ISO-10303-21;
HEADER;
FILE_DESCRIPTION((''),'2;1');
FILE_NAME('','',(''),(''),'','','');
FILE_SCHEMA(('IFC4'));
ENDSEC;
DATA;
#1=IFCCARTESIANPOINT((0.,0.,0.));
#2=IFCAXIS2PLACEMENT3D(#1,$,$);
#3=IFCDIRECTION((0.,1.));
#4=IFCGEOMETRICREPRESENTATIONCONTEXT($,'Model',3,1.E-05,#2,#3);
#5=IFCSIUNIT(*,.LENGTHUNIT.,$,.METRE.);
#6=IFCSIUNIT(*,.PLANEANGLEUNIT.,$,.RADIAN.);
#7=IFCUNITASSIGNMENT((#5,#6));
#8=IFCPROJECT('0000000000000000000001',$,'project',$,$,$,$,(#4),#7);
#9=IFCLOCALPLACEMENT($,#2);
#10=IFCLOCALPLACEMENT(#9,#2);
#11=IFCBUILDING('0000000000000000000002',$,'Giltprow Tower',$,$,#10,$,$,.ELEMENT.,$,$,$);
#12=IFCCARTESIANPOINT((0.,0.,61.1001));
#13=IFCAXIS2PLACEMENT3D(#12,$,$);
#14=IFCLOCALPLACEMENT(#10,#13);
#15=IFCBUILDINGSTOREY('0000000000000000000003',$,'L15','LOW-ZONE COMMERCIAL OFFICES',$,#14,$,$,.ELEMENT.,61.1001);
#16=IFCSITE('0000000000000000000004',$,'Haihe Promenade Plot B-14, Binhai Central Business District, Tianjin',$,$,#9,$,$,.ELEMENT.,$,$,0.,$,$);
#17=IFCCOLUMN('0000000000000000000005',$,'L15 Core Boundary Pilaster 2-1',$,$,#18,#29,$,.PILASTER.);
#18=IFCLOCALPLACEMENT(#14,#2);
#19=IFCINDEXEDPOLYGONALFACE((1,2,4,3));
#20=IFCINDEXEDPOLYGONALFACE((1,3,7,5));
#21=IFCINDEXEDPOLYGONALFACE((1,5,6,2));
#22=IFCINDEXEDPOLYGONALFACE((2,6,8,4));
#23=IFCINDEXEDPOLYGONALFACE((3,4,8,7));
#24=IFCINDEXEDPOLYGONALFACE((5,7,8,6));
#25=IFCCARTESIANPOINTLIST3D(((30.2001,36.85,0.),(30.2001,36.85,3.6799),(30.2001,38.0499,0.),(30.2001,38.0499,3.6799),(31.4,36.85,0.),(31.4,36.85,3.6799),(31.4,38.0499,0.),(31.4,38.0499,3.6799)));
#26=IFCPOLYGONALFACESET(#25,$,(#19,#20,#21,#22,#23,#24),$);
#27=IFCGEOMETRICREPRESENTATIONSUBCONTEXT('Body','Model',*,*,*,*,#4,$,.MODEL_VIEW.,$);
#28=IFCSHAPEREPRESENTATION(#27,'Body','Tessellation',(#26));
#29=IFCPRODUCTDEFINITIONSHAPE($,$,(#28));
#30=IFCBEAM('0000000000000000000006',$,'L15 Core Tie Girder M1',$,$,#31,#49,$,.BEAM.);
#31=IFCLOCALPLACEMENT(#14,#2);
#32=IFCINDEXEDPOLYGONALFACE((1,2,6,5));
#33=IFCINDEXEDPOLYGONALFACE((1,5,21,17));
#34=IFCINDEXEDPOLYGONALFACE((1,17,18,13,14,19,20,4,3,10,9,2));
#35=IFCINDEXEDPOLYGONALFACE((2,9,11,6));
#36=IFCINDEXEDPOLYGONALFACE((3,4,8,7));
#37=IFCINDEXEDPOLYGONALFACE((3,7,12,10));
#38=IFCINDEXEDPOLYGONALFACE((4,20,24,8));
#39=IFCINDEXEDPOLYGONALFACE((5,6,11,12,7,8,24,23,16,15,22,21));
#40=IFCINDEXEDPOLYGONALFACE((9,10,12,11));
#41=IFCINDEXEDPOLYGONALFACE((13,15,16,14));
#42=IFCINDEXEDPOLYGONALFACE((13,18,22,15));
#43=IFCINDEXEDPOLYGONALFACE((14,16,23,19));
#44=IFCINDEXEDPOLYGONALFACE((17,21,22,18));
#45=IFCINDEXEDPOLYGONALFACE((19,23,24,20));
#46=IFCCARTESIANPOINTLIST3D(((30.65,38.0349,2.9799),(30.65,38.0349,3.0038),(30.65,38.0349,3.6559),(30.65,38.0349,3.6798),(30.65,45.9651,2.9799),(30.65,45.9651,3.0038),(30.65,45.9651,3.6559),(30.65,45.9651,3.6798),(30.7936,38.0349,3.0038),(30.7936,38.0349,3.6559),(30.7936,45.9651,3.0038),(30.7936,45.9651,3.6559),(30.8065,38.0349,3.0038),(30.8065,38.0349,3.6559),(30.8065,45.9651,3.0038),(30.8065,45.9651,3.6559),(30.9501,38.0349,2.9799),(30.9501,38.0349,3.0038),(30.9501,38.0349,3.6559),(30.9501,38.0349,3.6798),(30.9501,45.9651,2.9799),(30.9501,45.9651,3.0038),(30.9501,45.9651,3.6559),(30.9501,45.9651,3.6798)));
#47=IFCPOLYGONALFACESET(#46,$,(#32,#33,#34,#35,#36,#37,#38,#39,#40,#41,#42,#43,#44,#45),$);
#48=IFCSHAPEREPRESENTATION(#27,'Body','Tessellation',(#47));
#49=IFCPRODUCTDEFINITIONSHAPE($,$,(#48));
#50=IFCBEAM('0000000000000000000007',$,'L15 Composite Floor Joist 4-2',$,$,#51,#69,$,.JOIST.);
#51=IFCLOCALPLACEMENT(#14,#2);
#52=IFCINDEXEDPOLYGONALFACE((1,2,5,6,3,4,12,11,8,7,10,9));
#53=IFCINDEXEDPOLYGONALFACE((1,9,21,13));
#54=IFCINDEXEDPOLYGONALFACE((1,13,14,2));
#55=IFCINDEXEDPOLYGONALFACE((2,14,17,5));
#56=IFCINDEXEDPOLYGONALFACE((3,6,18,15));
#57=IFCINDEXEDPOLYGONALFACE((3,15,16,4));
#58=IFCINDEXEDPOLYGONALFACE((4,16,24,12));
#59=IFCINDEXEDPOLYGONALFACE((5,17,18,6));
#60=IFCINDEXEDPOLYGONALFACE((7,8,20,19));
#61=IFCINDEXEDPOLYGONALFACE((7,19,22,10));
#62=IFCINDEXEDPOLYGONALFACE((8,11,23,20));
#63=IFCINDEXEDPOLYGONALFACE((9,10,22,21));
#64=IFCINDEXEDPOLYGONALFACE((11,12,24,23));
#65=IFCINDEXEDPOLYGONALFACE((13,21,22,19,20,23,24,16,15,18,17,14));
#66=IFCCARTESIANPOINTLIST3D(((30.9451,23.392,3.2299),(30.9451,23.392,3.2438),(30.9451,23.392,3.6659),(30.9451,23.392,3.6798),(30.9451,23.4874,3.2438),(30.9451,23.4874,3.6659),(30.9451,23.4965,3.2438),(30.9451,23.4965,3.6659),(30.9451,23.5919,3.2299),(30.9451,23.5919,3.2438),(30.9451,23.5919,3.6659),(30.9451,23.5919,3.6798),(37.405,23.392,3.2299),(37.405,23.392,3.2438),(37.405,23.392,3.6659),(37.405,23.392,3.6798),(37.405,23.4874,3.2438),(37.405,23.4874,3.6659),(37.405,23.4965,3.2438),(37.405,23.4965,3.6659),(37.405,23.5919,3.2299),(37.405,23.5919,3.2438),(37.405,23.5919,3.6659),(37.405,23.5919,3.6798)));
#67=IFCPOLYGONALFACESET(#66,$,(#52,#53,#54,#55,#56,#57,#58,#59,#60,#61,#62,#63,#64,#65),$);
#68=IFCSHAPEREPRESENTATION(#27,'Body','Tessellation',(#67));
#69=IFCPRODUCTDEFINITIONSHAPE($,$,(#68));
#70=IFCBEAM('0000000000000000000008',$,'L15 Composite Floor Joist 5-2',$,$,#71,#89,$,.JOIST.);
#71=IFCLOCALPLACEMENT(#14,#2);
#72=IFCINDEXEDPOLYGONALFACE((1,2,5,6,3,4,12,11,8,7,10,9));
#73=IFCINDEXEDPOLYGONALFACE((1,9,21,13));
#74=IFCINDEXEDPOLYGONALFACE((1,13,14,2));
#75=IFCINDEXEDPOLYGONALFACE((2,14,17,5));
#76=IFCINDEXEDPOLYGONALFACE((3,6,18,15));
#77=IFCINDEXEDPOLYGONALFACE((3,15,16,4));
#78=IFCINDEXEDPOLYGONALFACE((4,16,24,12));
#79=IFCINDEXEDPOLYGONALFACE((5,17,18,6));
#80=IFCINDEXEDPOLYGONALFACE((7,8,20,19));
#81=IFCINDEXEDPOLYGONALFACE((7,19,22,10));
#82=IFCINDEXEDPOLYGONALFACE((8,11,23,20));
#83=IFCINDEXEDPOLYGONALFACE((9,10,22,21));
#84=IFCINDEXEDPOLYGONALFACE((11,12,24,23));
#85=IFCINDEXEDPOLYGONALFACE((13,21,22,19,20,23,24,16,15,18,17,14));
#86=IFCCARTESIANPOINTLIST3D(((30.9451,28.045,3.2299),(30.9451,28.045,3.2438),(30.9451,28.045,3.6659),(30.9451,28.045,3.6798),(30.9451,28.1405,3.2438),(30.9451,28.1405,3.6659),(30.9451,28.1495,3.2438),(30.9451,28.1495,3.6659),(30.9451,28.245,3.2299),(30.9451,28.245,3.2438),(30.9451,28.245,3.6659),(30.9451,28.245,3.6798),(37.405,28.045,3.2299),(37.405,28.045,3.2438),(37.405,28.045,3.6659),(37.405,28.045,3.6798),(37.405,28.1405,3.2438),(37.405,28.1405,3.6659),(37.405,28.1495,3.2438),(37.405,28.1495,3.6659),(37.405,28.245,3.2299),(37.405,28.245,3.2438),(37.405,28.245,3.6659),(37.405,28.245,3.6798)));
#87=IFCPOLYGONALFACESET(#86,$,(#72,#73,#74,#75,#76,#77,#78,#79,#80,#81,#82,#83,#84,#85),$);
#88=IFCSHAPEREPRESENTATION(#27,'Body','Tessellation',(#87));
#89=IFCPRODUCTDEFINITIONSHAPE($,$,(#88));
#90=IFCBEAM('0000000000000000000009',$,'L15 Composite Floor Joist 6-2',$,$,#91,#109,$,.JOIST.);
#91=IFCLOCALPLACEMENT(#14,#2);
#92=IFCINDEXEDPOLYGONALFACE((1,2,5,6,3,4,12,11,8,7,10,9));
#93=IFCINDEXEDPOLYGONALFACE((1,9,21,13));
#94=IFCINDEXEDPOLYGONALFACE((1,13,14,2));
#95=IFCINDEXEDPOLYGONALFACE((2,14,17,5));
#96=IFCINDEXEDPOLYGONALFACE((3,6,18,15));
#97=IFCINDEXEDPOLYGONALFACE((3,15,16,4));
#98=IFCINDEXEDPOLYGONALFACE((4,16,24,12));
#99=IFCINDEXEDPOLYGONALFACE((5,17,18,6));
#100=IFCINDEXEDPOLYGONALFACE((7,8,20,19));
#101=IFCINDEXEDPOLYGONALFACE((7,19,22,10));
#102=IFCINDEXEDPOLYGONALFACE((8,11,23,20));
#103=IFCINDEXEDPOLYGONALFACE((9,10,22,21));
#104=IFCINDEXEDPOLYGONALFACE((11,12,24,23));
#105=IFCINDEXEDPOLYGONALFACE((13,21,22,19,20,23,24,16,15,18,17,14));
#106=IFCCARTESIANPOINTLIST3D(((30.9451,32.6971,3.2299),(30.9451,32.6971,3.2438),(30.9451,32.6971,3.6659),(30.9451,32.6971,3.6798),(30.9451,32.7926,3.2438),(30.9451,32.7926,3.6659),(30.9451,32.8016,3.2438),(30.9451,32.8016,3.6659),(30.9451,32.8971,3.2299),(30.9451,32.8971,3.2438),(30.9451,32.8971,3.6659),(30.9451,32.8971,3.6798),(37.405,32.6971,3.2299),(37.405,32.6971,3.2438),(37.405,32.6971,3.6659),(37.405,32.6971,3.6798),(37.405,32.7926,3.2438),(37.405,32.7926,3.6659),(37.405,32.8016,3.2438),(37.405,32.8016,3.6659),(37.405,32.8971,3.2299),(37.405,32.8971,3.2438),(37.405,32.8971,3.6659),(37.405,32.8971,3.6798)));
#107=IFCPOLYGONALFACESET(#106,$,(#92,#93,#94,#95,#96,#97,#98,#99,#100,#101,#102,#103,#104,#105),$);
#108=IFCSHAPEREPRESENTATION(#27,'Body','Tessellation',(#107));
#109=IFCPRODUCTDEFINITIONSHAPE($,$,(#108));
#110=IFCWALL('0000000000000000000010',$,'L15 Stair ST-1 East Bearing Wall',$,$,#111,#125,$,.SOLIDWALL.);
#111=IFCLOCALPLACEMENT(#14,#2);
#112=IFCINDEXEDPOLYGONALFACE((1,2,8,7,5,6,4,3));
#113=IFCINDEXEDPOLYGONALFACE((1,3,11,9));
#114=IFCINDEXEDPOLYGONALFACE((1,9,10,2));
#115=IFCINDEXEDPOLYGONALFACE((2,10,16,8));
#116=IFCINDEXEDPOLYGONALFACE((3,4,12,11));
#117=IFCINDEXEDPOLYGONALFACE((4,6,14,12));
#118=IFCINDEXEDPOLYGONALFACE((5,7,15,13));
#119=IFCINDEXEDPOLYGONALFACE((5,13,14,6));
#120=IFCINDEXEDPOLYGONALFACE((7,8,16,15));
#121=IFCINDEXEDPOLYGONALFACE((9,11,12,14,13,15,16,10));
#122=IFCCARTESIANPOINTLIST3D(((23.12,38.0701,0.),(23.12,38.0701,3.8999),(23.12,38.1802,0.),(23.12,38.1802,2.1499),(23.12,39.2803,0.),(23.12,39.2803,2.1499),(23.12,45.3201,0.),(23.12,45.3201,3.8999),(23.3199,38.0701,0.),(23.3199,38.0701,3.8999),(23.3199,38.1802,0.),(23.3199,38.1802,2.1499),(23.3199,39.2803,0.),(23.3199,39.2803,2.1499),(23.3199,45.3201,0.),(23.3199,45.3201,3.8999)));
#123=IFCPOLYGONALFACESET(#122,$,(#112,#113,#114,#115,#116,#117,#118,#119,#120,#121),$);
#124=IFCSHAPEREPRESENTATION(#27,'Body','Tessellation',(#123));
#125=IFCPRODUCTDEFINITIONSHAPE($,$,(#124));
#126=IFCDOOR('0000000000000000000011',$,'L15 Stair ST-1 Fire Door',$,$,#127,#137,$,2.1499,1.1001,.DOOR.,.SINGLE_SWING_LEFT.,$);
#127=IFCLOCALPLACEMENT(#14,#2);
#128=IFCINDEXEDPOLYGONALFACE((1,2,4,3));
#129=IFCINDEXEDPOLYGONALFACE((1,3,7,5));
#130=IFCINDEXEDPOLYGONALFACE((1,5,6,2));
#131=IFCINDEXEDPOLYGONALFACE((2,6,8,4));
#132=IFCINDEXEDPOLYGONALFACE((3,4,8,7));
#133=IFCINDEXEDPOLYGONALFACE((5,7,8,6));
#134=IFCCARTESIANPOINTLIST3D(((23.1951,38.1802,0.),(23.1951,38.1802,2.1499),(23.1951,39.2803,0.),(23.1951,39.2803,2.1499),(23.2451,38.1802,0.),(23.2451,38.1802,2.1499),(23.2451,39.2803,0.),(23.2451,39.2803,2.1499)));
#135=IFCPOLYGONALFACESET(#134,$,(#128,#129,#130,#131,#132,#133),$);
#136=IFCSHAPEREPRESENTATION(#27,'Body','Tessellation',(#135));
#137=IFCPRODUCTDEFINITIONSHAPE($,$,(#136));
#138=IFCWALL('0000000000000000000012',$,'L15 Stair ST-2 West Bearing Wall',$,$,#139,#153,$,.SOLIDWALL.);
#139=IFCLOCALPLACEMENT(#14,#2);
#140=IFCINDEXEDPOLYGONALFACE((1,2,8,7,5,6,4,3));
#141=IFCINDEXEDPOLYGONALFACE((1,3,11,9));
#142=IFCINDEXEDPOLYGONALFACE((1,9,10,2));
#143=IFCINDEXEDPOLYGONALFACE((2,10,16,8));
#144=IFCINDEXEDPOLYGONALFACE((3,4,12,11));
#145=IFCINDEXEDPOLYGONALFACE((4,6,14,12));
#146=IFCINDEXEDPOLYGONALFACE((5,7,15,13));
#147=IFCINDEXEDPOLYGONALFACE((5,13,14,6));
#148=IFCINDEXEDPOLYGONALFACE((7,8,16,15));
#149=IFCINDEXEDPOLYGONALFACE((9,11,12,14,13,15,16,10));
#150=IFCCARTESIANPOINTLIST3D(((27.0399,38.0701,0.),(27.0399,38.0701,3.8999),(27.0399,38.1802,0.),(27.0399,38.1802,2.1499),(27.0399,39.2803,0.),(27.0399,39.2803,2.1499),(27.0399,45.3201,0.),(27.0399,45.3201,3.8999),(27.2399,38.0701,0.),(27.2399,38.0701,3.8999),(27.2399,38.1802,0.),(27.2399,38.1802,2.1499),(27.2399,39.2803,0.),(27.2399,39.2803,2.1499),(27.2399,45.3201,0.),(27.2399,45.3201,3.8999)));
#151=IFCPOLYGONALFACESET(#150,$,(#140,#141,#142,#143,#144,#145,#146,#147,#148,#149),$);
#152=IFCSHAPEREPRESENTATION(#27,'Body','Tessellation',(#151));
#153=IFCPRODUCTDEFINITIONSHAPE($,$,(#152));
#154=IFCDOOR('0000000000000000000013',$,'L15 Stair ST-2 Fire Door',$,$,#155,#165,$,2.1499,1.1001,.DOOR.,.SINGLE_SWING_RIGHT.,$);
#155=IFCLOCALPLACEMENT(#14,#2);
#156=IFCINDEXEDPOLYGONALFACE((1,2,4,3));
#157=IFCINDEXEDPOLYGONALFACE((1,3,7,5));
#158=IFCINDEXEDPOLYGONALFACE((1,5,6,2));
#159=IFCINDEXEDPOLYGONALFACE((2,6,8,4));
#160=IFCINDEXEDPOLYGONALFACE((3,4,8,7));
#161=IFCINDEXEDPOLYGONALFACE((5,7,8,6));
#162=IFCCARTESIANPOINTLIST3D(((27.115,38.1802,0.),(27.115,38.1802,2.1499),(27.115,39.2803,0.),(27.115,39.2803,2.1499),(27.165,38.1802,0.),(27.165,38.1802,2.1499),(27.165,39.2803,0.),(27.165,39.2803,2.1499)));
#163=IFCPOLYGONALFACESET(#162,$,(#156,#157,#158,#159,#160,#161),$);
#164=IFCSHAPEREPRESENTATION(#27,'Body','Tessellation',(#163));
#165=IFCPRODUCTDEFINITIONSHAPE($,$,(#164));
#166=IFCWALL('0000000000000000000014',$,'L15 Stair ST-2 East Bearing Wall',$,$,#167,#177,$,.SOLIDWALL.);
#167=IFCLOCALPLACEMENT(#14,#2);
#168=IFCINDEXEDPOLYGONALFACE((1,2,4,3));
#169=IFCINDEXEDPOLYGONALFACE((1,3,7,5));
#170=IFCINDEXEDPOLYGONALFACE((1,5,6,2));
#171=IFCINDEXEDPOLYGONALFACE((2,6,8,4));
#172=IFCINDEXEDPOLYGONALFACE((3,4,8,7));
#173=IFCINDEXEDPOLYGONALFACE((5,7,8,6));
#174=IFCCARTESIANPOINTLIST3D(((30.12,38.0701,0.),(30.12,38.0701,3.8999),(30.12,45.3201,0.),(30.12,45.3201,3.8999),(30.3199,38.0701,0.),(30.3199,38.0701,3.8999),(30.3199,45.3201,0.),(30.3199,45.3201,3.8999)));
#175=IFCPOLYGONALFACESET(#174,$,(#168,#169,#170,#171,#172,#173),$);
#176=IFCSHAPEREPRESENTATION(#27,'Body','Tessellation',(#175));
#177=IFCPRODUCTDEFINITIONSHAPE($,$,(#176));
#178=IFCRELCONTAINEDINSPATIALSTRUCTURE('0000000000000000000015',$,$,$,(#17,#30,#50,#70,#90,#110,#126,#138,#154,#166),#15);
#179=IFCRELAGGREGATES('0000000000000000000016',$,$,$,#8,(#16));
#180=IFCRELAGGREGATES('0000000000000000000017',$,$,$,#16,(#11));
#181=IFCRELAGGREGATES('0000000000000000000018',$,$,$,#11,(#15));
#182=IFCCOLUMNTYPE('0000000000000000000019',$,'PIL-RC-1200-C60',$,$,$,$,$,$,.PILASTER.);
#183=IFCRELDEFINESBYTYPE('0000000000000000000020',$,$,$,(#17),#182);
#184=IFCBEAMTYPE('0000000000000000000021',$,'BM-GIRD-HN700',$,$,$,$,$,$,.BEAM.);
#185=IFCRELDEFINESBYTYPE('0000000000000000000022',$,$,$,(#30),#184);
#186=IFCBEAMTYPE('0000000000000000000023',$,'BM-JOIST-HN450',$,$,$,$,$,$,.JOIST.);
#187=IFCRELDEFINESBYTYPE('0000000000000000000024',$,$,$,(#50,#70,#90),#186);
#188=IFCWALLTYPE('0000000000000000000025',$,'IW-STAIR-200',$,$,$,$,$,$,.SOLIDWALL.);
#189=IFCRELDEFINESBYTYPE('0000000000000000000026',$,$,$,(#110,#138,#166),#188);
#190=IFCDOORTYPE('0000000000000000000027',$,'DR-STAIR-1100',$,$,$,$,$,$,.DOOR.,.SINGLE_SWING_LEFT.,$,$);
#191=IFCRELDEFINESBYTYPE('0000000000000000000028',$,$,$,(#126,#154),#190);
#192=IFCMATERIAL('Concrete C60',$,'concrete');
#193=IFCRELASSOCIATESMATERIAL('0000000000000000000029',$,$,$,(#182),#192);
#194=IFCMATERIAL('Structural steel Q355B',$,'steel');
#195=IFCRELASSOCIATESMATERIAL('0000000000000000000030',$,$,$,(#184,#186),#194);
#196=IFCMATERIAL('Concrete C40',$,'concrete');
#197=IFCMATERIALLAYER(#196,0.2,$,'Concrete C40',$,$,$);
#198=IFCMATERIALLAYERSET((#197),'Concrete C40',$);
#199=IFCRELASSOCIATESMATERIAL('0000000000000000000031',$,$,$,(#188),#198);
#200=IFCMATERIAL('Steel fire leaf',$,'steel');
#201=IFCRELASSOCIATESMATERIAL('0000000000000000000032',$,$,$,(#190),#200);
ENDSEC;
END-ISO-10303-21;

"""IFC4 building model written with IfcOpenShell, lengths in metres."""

from ifc_helpers import new_model, si_unit, direction, frame, frame_2d, origin, origin_2d, place, context, subcontext, project, spatial, rectangle, i_section, extrude, source, transform, mapped, material, layer, layer_set, material_profile, profile_set, type_object, element, fill, save


model = new_model("IFC4")

# Units and contexts
model_context = context("Model", 3, precision=1e-05, world=origin(), true_north=direction((0.0, 1.0)))
body_context = subcontext(model_context, "Body", "Model", "MODEL_VIEW")
ifc_project = project(units=[si_unit("LENGTHUNIT", "METRE"), si_unit("PLANEANGLEUNIT", "RADIAN")], contexts=[model_context])

# Site, building, storey
site_placement = place(None, origin())
site = spatial("IfcSite", under=ifc_project, at=site_placement, Name="Haihe Promenade Plot B-14, Binhai Central Business District, Tianjin", CompositionType="ELEMENT", RefElevation=0.0)
building_placement = place(site_placement, origin())
building = spatial("IfcBuilding", under=site, at=building_placement, Name="Giltprow Tower", CompositionType="ELEMENT")
storey_placement = place(building_placement, frame((0.0, 0.0, 61.1001)))
storey = spatial("IfcBuildingStorey", under=building, at=storey_placement, Name="L15", Description="LOW-ZONE COMMERCIAL OFFICES", CompositionType="ELEMENT", Elevation=61.1001)

# Column
ifc_material_1 = material(Name="Concrete C60", Category="concrete")
ifc_material_profile_1 = material_profile(ifc_material_1, rectangle(XDim=1.2, YDim=1.2, at=origin_2d()), Name="RC 1200x1200")
ifc_profile_set_1 = profile_set([ifc_material_profile_1], Name="Concrete C60")
column_type = type_object("IfcColumnType", Name="PIL-RC-1200-C60", PredefinedType="PILASTER", material=ifc_profile_set_1)
shared_shape_1 = source(origin(), body_context, "Body", "SweptSolid", [
    extrude(rectangle(XDim=1.2, YDim=1.2, at=origin_2d()), origin(), (0.0, 0.0, 1.0), 3.6799),
])
column_placement = place(storey_placement, frame((30.8, 37.45, 0.0), z_axis=(0.0, 0.0, 1.0), x_axis=(1.0, 0.0, 0.0)))
element("IfcColumn", 1, at=column_placement, inside=storey, type_object=column_type, Name="L15 Core Boundary Pilaster 2-1", PredefinedType="PILASTER", context=body_context, shape_type="MappedRepresentation", body=[
    mapped(shared_shape_1, transform((0.0, 0.0, 0.0), x_axis=(1.0, 0.0, 0.0), y_axis=(0.0, 1.0, 0.0), z_axis=(0.0, 0.0, 1.0), scale=1.0)),
])

# Beams
ifc_material_2 = material(Name="Structural steel Q355B", Category="steel")
ifc_material_profile_2 = material_profile(ifc_material_2, i_section(OverallWidth=0.3, OverallDepth=0.7, WebThickness=0.0129, FlangeThickness=0.0239, at=origin_2d()), Name="HN 700x300x13x24")
ifc_profile_set_2 = profile_set([ifc_material_profile_2], Name="Structural steel Q355B")
beam_type_1 = type_object("IfcBeamType", Name="BM-GIRD-HN700", PredefinedType="BEAM", material=ifc_profile_set_2)
shared_shape_2 = source(origin(), body_context, "Body", "SweptSolid", [
    extrude(i_section(OverallWidth=0.3, OverallDepth=0.7, WebThickness=0.0129, FlangeThickness=0.0239, at=origin_2d()), origin(), (0.0, 0.0, 1.0), 7.9302),
])
beam_placement = place(storey_placement, frame((30.8, 38.0349, 3.3298), z_axis=(0.0, 1.0, 0.0), x_axis=(-1.0, 0.0, 0.0)))
element("IfcBeam", 2, at=beam_placement, inside=storey, type_object=beam_type_1, Name="L15 Core Tie Girder M1", PredefinedType="BEAM", context=body_context, shape_type="MappedRepresentation", body=[
    mapped(shared_shape_2, transform((0.0, 0.0, 0.0), x_axis=(1.0, 0.0, 0.0), y_axis=(0.0, 1.0, 0.0), z_axis=(0.0, 0.0, 1.0), scale=1.0)),
])
ifc_material_profile_3 = material_profile(ifc_material_2, i_section(OverallWidth=0.2, OverallDepth=0.45, WebThickness=0.009, FlangeThickness=0.0139, at=origin_2d()), Name="HN 450x200x9x14")
ifc_profile_set_3 = profile_set([ifc_material_profile_3], Name="Structural steel Q355B")
beam_type_2 = type_object("IfcBeamType", Name="BM-JOIST-HN450", PredefinedType="JOIST", material=ifc_profile_set_3)
shared_shape_3 = source(origin(), body_context, "Body", "SweptSolid", [
    extrude(i_section(OverallWidth=0.2, OverallDepth=0.45, WebThickness=0.009, FlangeThickness=0.0139, at=origin_2d()), origin(), (0.0, 0.0, 1.0), 6.46),
])
for number, where, z_axis, x_axis, name in (
    (3, (30.9451, 23.4919, 3.4548), (1.0, 0.0, 0.0), (0.0, 1.0, 0.0), "L15 Composite Floor Joist 4-2"),
    (4, (30.9451, 28.145, 3.4548), (1.0, 0.0, 0.0), (0.0, 1.0, 0.0), "L15 Composite Floor Joist 5-2"),
    (5, (30.9451, 32.7971, 3.4548), (1.0, 0.0, 0.0), (0.0, 1.0, 0.0), "L15 Composite Floor Joist 6-2"),
):
    element("IfcBeam", number, at=place(storey_placement, frame(where, z_axis=z_axis, x_axis=x_axis)), inside=storey, type_object=beam_type_2, Name=name, PredefinedType="JOIST", context=body_context, shape_type="MappedRepresentation", body=[
        mapped(shared_shape_3, transform((0.0, 0.0, 0.0), x_axis=(1.0, 0.0, 0.0), y_axis=(0.0, 1.0, 0.0), z_axis=(0.0, 0.0, 1.0), scale=1.0)),
    ])

# Walls, openings, doors
ifc_material_3 = material(Name="Concrete C40", Category="concrete")
ifc_layer = layer(ifc_material_3, 0.2, Name="Concrete C40")
ifc_layer_set = layer_set([ifc_layer], Name="Concrete C40")
wall_type = type_object("IfcWallType", Name="IW-STAIR-200", PredefinedType="SOLIDWALL", material=ifc_layer_set)
wall_1_placement = place(storey_placement, frame((23.22, 38.0701, 0.0), z_axis=(0.0, 0.0, 1.0), x_axis=(0.0, 1.0, 0.0)))
wall_1 = element("IfcWall", 6, at=wall_1_placement, inside=storey, type_object=wall_type, Name="L15 Stair ST-1 East Bearing Wall", PredefinedType="SOLIDWALL", context=body_context, shape_type="SweptSolid", body=[
    extrude(rectangle(XDim=7.25, YDim=0.2, at=frame_2d((3.625, 0.0))), origin(), (0.0, 0.0, 1.0), 3.8999),
])
opening_1_placement = place(wall_1_placement, frame((0.1101, 0.0, 0.0)))
opening_1 = element("IfcOpeningElement", 7, at=opening_1_placement, cuts=wall_1, PredefinedType="OPENING", context=body_context, shape_type="SweptSolid", body=[
    extrude(rectangle(XDim=1.1001, YDim=2.1499, at=frame_2d((0.55, 1.075))), frame((0.0, 0.1099, 0.0), z_axis=(0.0, -1.0, 0.0), x_axis=(1.0, 0.0, 0.0)), (0.0, 0.0, 1.0), 0.22),
])
ifc_material_4 = material(Name="Steel fire leaf", Category="steel")
door_type = type_object("IfcDoorType", Name="DR-STAIR-1100", OperationType="SINGLE_SWING_LEFT", PredefinedType="DOOR", material=ifc_material_4)
shared_shape_4 = source(origin(), body_context, "Body", "SweptSolid", [
    extrude(rectangle(XDim=1.1001, YDim=2.1499, at=frame_2d((0.55, 1.075))), frame((0.0, 0.0249, 0.0), z_axis=(0.0, -1.0, 0.0), x_axis=(1.0, 0.0, 0.0)), (0.0, 0.0, 1.0), 0.05),
])
door_1_placement = place(opening_1_placement, origin())
door_1 = element("IfcDoor", 8, at=door_1_placement, inside=storey, type_object=door_type, Name="L15 Stair ST-1 Fire Door", OperationType="SINGLE_SWING_LEFT", OverallHeight=2.1499, OverallWidth=1.1001, PredefinedType="DOOR", context=body_context, shape_type="MappedRepresentation", body=[
    mapped(shared_shape_4, transform((0.0, 0.0, 0.0), x_axis=(1.0, 0.0, 0.0), y_axis=(0.0, 1.0, 0.0), z_axis=(0.0, 0.0, 1.0), scale=1.0)),
])
fill(opening_1, door_1)
wall_2_placement = place(storey_placement, frame((27.1399, 38.0701, 0.0), z_axis=(0.0, 0.0, 1.0), x_axis=(0.0, 1.0, 0.0)))
wall_2 = element("IfcWall", 9, at=wall_2_placement, inside=storey, type_object=wall_type, Name="L15 Stair ST-2 West Bearing Wall", PredefinedType="SOLIDWALL", context=body_context, shape_type="SweptSolid", body=[
    extrude(rectangle(XDim=7.25, YDim=0.2, at=frame_2d((3.625, 0.0))), origin(), (0.0, 0.0, 1.0), 3.8999),
])
opening_2_placement = place(wall_2_placement, frame((0.1101, 0.0, 0.0)))
opening_2 = element("IfcOpeningElement", 10, at=opening_2_placement, cuts=wall_2, PredefinedType="OPENING", context=body_context, shape_type="SweptSolid", body=[
    extrude(rectangle(XDim=1.1001, YDim=2.1499, at=frame_2d((0.55, 1.075))), frame((0.0, 0.1099, 0.0), z_axis=(0.0, -1.0, 0.0), x_axis=(1.0, 0.0, 0.0)), (0.0, 0.0, 1.0), 0.22),
])
door_2_placement = place(opening_2_placement, origin())
door_2 = element("IfcDoor", 11, at=door_2_placement, inside=storey, type_object=door_type, Name="L15 Stair ST-2 Fire Door", OperationType="SINGLE_SWING_RIGHT", OverallHeight=2.1499, OverallWidth=1.1001, PredefinedType="DOOR", context=body_context, shape_type="MappedRepresentation", body=[
    mapped(shared_shape_4, transform((0.0, 0.0, 0.0), x_axis=(1.0, 0.0, 0.0), y_axis=(0.0, 1.0, 0.0), z_axis=(0.0, 0.0, 1.0), scale=1.0)),
])
fill(opening_2, door_2)

# Wall
wall_3_placement = place(storey_placement, frame((30.22, 38.0701, 0.0), z_axis=(0.0, 0.0, 1.0), x_axis=(0.0, 1.0, 0.0)))
element("IfcWall", 12, at=wall_3_placement, inside=storey, type_object=wall_type, Name="L15 Stair ST-2 East Bearing Wall", PredefinedType="SOLIDWALL", context=body_context, shape_type="SweptSolid", body=[
    extrude(rectangle(XDim=7.25, YDim=0.2, at=frame_2d((3.625, 0.0))), origin(), (0.0, 0.0, 1.0), 3.8999),
])

save(model, "model.ifc")
